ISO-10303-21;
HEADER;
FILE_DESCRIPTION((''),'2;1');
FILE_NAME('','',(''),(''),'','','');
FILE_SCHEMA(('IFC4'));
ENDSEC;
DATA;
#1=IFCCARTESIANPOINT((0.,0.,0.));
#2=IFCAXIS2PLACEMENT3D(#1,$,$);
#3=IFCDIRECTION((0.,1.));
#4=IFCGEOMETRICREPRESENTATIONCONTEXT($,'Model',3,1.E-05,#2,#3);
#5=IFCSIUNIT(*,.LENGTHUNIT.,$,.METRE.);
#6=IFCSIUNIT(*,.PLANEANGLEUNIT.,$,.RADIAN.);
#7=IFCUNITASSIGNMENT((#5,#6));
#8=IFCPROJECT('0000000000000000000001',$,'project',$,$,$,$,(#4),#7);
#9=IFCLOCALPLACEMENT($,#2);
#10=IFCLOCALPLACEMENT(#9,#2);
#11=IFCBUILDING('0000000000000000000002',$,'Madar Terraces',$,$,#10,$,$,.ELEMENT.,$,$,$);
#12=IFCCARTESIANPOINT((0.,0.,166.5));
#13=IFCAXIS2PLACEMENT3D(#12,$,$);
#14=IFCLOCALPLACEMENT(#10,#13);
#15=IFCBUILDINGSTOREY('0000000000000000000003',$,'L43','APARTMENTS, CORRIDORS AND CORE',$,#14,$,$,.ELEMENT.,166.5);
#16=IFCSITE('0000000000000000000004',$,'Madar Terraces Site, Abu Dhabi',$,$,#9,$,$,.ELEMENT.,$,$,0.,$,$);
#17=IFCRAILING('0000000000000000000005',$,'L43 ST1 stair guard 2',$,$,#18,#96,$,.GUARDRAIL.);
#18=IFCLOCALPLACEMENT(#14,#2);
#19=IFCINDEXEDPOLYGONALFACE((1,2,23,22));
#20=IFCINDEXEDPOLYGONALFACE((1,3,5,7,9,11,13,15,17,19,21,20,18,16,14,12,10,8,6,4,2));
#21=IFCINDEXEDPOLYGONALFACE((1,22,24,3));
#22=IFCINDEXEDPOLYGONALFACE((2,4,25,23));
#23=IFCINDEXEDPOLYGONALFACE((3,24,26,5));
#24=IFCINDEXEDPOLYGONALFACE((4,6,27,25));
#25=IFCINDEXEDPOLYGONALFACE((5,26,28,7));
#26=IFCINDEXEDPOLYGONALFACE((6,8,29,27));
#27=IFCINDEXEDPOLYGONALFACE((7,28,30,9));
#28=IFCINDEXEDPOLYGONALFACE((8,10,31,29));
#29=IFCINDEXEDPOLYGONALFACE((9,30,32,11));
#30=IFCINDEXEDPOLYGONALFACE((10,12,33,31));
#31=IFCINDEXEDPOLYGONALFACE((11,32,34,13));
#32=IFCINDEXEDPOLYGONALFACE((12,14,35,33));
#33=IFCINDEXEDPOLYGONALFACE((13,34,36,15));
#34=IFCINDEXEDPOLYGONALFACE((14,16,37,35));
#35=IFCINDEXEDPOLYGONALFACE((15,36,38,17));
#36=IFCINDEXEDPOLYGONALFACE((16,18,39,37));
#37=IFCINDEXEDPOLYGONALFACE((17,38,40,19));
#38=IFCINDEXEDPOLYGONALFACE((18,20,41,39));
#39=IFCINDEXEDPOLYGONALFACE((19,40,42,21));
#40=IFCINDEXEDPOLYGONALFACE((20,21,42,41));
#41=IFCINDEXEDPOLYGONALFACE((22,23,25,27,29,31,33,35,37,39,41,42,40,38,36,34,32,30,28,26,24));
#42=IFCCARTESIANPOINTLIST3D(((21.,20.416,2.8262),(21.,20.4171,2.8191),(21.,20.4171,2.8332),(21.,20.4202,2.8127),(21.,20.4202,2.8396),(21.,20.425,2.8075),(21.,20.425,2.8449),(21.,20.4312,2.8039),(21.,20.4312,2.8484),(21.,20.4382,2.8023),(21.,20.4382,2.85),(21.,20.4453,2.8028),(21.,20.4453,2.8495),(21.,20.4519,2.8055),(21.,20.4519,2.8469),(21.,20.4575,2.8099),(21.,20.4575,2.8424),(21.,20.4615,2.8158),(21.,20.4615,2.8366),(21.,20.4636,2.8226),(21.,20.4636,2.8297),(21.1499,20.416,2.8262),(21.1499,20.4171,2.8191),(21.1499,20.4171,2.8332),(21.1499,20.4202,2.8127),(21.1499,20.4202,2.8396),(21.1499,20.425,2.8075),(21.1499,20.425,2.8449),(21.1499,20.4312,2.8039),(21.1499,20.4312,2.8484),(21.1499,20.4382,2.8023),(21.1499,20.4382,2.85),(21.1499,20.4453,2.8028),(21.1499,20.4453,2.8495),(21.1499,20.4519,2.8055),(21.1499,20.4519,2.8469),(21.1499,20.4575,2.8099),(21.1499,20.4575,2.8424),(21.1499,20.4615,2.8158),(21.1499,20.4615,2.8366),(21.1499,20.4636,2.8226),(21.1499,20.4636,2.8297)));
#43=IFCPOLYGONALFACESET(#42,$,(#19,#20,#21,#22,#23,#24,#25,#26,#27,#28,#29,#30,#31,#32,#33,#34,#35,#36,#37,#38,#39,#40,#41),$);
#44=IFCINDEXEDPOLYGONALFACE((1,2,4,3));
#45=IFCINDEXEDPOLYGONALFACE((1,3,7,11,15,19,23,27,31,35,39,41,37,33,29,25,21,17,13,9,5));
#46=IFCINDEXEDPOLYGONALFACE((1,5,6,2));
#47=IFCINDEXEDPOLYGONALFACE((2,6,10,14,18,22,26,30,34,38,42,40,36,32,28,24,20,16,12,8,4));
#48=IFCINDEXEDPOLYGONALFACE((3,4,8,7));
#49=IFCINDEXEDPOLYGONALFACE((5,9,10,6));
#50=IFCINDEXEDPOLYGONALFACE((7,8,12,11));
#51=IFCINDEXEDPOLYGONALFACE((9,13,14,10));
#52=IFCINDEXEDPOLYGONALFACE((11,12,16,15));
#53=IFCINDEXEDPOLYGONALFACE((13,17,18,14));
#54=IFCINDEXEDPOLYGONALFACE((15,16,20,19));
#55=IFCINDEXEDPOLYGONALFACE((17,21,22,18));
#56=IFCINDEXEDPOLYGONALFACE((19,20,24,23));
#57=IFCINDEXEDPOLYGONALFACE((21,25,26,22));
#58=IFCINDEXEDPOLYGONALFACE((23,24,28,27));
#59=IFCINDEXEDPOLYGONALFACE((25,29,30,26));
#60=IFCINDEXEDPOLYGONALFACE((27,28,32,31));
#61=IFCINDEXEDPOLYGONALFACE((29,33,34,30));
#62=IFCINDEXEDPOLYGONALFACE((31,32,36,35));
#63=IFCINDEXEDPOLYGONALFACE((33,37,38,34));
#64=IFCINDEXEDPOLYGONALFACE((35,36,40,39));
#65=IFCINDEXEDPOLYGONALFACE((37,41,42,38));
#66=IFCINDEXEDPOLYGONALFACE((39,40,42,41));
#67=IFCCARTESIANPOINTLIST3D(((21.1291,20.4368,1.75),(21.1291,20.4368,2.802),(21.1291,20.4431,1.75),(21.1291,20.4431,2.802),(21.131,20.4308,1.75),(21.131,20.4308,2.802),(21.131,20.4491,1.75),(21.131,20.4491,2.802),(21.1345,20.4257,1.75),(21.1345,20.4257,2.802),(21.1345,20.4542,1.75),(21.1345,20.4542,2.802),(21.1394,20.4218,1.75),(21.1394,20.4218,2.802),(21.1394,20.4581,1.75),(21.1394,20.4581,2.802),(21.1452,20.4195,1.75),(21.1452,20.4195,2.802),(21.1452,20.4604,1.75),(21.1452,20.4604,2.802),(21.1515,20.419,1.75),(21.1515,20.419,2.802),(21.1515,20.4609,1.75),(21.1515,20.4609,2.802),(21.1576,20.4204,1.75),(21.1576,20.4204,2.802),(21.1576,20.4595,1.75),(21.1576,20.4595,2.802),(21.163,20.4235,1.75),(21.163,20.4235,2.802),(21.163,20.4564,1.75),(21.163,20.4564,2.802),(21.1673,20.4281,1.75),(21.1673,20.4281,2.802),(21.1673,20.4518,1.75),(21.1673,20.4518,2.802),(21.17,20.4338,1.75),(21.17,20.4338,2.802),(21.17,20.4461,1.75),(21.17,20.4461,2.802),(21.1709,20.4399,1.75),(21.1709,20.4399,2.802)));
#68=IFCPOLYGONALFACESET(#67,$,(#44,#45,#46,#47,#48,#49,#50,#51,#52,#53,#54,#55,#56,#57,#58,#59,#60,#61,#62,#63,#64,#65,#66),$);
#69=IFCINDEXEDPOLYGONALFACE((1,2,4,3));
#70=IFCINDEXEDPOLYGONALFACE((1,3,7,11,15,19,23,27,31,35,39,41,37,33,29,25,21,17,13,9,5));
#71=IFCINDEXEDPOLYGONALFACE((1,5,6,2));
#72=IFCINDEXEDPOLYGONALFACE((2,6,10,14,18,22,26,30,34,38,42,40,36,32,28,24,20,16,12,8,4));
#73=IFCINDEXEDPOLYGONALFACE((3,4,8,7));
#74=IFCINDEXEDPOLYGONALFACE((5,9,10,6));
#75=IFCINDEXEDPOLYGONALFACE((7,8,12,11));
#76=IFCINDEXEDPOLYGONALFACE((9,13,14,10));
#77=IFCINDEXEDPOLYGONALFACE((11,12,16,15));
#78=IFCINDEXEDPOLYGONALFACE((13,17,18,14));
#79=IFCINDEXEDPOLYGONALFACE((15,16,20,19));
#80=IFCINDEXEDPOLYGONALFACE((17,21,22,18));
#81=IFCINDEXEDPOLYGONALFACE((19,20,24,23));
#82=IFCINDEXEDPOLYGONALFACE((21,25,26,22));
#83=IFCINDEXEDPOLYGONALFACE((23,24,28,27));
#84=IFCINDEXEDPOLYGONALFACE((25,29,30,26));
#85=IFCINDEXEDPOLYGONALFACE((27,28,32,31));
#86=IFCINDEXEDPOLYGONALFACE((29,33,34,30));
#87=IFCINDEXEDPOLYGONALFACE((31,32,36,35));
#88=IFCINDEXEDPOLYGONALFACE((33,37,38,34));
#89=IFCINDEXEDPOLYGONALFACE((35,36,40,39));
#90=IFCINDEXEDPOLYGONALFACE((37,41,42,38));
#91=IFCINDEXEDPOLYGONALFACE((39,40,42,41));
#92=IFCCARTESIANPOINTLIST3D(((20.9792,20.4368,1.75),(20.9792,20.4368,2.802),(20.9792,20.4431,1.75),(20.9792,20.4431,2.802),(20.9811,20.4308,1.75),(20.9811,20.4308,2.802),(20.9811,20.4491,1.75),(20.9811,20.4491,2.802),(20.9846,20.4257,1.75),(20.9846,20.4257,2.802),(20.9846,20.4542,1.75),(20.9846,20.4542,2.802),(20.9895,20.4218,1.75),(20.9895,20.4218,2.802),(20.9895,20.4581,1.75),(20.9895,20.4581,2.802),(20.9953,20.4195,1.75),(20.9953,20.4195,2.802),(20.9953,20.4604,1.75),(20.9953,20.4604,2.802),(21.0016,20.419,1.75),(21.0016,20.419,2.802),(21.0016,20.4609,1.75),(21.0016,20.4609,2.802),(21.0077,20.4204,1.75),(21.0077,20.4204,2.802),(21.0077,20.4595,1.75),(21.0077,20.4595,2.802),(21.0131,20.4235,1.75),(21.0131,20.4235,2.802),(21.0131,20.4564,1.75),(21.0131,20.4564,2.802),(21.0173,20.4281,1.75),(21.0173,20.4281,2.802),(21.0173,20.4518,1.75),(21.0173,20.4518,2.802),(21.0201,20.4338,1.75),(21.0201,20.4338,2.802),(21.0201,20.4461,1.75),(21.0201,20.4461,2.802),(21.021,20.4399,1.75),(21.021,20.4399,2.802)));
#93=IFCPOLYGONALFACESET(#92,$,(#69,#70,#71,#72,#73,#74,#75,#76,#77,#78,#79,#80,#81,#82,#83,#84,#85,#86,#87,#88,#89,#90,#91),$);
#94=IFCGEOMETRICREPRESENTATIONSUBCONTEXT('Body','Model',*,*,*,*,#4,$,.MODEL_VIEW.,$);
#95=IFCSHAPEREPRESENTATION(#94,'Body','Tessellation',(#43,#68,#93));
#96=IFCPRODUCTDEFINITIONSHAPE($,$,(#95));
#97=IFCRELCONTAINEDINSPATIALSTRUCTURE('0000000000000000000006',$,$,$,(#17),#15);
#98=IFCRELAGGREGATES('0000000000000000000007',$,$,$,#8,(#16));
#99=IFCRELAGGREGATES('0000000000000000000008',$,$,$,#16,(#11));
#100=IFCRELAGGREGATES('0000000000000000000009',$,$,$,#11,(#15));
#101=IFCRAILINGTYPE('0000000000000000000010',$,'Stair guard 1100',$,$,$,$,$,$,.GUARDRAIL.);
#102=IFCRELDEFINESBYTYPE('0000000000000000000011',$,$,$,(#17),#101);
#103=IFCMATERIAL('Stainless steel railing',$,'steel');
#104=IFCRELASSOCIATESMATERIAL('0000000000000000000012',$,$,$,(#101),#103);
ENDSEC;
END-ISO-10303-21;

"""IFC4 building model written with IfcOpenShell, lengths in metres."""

from ifc_helpers import new_model, si_unit, direction, frame, origin, origin_2d, place, context, subcontext, project, spatial, circle, extrude, material, type_object, element, save


model = new_model("IFC4")

# Units and contexts
model_context = context("Model", 3, precision=1e-05, world=origin(), true_north=direction((0.0, 1.0)))
body_context = subcontext(model_context, "Body", "Model", "MODEL_VIEW")
ifc_project = project(units=[si_unit("LENGTHUNIT", "METRE"), si_unit("PLANEANGLEUNIT", "RADIAN")], contexts=[model_context])

# Site, building, storey
site_placement = place(None, origin())
site = spatial("IfcSite", under=ifc_project, at=site_placement, Name="Madar Terraces Site, Abu Dhabi", CompositionType="ELEMENT", RefElevation=0.0)
building_placement = place(site_placement, origin())
building = spatial("IfcBuilding", under=site, at=building_placement, Name="Madar Terraces", CompositionType="ELEMENT")
storey_placement = place(building_placement, frame((0.0, 0.0, 166.5)))
storey = spatial("IfcBuildingStorey", under=building, at=storey_placement, Name="L43", Description="APARTMENTS, CORRIDORS AND CORE", CompositionType="ELEMENT", Elevation=166.5)

# Railing
ifc_material_1 = material(Name="Stainless steel railing", Category="steel")
railing_type_1 = type_object("IfcRailingType", Name="Stair guard 1100", PredefinedType="GUARDRAIL", material=ifc_material_1)
railing_1_placement = place(storey_placement, frame((21.1499, 20.4399, 1.75)))
element("IfcRailing", 1, at=railing_1_placement, inside=storey, type_object=railing_type_1, Name="L43 ST1 stair guard 2", PredefinedType="GUARDRAIL", context=body_context, shape_type="SweptSolid", body=[
    extrude(circle(Radius=0.0239, at=origin_2d()), frame((0.0, 0.0, 1.0762), z_axis=(-1.0, 0.0, 0.0), x_axis=(0.0, -1.0, 0.0)), (0.0, 0.0, 1.0), 0.1499),
    extrude(circle(Radius=0.021, at=origin_2d()), origin(), (0.0, 0.0, 1.0), 1.052),
    extrude(circle(Radius=0.021, at=origin_2d()), frame((-0.1499, 0.0, 0.0)), (0.0, 0.0, 1.0), 1.052),
])

save(model, "model.ifc")
